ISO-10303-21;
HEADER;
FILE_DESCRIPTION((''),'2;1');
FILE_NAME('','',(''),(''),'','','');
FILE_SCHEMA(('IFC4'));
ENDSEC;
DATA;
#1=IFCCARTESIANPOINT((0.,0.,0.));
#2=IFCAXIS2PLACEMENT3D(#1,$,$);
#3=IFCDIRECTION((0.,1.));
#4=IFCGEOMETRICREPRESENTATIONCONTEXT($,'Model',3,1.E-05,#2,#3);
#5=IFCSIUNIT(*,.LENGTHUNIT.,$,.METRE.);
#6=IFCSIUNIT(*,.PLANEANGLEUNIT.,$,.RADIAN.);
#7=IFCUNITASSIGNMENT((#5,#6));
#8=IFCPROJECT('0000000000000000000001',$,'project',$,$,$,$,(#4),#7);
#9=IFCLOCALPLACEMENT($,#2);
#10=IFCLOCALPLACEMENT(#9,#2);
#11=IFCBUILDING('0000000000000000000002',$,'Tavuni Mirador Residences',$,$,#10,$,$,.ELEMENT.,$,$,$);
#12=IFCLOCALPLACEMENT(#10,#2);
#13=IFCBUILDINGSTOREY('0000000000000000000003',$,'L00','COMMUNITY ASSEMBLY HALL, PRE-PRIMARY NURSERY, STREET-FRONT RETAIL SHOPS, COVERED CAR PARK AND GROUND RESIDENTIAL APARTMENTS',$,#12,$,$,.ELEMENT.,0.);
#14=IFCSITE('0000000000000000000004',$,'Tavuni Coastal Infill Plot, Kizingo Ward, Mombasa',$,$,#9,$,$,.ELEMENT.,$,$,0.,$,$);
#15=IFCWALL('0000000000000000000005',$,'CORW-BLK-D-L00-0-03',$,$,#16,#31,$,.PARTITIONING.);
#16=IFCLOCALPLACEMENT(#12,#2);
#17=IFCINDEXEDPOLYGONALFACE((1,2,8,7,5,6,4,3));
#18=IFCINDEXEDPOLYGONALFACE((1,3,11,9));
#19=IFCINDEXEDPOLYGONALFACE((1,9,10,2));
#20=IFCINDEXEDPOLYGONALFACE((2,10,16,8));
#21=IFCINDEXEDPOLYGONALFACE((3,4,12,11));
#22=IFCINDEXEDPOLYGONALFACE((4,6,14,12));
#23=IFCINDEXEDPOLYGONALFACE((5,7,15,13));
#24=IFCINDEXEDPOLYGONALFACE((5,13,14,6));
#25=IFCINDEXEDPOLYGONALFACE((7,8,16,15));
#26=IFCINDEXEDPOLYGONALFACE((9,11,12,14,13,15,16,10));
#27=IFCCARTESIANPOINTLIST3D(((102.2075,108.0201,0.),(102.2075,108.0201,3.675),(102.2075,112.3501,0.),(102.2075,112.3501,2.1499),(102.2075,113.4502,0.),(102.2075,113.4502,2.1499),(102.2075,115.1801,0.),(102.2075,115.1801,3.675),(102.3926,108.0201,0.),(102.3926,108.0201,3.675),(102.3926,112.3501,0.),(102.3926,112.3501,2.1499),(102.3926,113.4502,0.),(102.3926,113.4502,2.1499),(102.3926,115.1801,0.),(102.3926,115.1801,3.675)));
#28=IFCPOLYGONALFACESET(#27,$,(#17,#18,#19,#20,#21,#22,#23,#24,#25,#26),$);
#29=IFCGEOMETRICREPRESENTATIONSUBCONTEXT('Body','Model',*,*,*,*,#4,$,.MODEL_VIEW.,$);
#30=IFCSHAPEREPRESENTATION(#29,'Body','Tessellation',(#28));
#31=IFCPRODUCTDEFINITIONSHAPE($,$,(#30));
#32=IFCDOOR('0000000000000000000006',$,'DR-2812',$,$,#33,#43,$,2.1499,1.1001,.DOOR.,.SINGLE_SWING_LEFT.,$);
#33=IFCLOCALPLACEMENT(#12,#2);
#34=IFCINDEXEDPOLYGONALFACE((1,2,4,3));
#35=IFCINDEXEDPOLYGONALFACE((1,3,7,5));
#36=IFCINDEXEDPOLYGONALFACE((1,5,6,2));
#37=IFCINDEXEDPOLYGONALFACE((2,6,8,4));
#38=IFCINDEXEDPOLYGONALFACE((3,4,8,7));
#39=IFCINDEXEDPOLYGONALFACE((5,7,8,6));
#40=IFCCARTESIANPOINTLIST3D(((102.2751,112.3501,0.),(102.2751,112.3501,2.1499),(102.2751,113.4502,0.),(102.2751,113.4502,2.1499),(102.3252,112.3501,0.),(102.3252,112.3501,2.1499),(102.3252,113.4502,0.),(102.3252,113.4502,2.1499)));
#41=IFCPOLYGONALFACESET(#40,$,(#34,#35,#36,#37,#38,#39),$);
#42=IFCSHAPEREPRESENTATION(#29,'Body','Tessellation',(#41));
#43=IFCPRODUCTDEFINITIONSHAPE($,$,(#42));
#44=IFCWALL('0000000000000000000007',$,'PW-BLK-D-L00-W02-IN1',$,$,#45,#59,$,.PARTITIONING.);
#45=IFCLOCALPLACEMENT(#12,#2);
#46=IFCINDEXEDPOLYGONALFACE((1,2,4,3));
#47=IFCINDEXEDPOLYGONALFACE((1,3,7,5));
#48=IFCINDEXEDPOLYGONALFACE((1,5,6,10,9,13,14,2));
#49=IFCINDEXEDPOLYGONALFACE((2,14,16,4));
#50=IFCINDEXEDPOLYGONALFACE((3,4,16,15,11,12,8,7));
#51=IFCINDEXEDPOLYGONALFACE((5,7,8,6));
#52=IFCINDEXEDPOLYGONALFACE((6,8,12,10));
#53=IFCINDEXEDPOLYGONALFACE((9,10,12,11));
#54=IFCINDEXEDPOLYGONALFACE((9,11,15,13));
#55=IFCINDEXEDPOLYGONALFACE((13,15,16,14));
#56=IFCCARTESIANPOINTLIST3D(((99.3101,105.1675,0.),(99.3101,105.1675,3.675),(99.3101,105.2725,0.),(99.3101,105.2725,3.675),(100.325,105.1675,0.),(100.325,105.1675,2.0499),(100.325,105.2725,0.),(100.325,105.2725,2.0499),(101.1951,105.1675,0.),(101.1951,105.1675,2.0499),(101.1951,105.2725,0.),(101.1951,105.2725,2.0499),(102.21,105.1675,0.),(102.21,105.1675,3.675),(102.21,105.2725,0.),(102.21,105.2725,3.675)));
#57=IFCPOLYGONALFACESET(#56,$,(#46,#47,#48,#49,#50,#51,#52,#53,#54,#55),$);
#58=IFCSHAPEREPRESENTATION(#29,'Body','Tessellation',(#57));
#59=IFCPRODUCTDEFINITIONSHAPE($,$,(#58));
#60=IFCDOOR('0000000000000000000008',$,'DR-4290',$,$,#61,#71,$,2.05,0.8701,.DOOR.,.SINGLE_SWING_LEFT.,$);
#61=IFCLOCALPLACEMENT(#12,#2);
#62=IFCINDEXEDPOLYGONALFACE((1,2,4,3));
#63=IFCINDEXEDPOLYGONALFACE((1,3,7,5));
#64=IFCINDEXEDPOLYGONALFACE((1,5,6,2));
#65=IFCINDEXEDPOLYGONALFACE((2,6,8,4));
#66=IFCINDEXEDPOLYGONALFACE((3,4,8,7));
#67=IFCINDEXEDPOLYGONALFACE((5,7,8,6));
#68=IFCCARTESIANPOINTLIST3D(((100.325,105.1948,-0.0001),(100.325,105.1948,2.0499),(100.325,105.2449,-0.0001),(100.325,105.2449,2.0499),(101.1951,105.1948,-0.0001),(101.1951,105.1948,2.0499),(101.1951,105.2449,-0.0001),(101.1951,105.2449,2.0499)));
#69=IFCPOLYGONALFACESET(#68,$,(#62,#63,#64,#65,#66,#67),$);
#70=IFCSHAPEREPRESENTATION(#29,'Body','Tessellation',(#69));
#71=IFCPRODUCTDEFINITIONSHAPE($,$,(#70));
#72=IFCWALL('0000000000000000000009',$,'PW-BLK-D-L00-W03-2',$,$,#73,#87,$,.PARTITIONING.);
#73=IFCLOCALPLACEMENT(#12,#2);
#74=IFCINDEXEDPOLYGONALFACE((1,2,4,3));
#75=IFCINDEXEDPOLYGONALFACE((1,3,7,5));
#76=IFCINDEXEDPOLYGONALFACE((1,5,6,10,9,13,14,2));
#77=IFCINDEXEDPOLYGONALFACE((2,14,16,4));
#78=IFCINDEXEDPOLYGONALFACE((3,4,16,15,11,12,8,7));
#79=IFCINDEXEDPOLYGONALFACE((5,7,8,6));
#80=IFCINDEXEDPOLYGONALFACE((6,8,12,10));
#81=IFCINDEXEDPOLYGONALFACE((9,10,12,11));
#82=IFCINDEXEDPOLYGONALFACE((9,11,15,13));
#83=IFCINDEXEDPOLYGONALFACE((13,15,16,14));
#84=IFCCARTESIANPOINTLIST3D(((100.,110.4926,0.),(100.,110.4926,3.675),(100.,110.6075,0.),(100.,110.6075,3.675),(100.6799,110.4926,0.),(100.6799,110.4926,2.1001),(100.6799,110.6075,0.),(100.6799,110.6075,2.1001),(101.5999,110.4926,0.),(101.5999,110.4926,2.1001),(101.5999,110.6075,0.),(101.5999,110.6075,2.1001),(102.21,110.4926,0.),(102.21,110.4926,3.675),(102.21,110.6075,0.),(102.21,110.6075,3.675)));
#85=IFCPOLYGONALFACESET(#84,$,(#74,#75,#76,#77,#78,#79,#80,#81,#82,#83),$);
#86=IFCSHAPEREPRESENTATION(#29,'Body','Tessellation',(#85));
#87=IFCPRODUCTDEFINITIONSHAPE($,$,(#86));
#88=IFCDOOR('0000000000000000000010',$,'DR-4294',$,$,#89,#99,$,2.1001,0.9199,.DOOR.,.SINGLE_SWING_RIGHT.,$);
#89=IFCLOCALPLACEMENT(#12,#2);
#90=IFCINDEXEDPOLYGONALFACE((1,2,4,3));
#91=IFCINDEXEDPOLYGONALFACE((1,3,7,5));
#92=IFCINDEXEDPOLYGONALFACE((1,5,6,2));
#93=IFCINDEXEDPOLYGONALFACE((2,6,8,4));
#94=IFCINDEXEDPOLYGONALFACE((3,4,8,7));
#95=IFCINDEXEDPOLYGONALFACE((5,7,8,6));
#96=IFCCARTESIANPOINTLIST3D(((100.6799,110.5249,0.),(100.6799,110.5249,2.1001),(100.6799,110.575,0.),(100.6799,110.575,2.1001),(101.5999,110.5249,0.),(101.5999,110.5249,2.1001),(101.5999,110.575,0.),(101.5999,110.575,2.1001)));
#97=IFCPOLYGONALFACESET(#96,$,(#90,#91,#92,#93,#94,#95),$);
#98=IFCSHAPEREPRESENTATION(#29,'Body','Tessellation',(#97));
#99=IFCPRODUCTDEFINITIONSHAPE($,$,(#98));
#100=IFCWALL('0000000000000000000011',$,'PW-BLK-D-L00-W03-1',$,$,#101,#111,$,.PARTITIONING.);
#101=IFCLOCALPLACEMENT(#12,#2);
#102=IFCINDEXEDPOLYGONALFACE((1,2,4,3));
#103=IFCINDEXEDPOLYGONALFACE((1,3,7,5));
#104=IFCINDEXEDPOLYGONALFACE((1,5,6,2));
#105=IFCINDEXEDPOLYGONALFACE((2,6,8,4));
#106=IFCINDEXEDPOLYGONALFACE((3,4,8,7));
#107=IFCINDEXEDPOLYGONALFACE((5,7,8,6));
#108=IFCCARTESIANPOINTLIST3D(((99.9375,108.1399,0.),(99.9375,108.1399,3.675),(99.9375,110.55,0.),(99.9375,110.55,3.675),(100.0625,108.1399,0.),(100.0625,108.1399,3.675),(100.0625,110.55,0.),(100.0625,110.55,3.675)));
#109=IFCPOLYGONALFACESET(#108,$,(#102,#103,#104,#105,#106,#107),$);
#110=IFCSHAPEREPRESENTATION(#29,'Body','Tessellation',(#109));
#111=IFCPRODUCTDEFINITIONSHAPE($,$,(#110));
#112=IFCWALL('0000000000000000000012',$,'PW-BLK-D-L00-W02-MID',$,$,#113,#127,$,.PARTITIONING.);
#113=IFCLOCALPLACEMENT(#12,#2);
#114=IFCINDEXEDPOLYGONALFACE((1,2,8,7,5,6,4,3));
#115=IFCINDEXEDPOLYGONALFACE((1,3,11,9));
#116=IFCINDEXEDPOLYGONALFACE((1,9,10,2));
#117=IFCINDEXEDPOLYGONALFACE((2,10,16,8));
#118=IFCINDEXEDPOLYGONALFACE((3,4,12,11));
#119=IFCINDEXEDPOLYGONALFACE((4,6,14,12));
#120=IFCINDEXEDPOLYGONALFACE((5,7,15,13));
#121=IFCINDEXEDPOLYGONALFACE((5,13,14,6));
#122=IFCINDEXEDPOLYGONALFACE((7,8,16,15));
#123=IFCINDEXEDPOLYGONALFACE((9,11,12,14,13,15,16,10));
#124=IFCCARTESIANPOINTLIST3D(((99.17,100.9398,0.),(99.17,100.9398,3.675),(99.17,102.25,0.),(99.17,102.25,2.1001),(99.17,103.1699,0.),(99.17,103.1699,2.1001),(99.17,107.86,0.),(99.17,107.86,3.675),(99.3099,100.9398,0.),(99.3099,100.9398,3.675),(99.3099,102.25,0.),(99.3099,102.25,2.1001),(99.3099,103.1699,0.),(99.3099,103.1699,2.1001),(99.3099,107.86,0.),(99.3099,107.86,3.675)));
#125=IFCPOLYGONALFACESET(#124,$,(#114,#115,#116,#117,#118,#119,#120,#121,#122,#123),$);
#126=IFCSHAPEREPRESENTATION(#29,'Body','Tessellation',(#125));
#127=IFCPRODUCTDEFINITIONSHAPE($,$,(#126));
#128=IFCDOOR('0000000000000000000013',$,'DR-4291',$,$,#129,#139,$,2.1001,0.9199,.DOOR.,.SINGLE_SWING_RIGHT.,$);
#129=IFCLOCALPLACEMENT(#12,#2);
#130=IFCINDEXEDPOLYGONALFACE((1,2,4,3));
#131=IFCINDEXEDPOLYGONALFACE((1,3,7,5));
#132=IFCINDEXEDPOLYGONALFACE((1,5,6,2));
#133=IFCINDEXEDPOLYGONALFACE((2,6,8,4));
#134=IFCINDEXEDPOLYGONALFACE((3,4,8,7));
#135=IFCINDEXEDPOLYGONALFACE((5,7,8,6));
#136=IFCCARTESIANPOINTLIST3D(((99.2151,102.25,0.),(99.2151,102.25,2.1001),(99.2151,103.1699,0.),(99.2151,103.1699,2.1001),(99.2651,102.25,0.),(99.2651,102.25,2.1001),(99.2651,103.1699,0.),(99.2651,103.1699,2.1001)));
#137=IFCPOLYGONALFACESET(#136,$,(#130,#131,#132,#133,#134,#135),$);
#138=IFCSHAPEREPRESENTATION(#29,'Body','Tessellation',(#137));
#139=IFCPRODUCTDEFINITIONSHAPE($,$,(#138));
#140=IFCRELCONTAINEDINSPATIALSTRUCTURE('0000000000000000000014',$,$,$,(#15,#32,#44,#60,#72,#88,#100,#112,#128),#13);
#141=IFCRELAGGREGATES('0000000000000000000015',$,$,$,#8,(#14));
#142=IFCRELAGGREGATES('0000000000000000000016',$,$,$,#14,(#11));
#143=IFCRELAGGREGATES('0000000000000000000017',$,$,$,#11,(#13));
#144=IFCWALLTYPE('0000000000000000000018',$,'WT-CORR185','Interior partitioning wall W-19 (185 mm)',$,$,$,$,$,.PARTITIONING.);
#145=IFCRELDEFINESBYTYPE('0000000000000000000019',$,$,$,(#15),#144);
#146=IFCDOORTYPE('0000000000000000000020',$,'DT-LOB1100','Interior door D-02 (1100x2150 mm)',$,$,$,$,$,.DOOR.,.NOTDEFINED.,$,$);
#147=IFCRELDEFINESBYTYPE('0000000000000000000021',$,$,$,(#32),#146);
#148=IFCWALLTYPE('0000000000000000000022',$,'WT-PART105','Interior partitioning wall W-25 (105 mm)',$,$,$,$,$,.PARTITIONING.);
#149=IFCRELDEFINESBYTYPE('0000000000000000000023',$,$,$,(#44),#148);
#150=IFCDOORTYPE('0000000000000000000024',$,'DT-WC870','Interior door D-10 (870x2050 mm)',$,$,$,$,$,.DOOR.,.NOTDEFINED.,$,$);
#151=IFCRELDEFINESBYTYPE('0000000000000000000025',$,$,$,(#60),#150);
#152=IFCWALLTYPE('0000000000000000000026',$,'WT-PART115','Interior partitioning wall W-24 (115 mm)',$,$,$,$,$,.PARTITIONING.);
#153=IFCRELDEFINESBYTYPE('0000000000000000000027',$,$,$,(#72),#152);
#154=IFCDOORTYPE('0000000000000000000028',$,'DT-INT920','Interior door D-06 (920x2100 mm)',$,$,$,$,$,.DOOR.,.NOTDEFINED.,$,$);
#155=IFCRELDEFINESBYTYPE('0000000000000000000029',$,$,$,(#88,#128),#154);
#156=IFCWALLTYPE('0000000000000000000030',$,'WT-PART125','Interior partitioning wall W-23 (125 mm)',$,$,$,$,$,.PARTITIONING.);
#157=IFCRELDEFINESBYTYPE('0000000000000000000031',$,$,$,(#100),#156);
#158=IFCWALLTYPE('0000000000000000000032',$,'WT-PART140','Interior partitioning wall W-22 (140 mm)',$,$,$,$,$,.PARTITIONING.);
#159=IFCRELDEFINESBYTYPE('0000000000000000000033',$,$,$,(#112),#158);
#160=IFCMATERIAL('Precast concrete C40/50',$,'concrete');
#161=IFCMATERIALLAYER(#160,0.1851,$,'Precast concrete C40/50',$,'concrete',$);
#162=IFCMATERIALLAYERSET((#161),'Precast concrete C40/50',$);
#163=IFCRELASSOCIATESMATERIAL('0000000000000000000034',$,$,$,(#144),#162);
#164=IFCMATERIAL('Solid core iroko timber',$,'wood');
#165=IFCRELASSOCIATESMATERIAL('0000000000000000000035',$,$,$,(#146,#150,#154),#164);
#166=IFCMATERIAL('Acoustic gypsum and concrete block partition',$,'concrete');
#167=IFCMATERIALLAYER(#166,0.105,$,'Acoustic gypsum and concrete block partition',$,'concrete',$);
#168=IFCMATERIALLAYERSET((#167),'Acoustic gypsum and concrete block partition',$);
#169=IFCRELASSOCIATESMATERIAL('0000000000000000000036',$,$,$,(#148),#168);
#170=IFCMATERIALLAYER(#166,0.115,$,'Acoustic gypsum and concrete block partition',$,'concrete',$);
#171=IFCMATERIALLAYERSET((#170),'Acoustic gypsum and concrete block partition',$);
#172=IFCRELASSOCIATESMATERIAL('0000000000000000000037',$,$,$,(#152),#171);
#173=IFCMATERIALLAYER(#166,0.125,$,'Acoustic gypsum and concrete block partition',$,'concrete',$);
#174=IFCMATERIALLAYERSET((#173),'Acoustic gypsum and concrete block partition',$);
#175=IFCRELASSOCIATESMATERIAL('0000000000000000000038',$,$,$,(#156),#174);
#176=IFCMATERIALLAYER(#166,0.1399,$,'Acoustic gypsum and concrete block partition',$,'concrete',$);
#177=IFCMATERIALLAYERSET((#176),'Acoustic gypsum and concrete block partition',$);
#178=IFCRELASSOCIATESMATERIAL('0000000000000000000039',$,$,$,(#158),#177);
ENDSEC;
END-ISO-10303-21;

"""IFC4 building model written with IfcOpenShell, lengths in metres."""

from ifc_helpers import new_model, si_unit, direction, frame, frame_2d, origin, place, context, subcontext, project, spatial, rectangle, extrude, material, layer, layer_set, type_object, element, fill, save


model = new_model("IFC4")

# Units and contexts
model_context = context("Model", 3, precision=1e-05, world=origin(), true_north=direction((0.0, 1.0)))
body_context = subcontext(model_context, "Body", "Model", "MODEL_VIEW")
ifc_project = project(units=[si_unit("LENGTHUNIT", "METRE"), si_unit("PLANEANGLEUNIT", "RADIAN")], contexts=[model_context])

# Site, building, storey
site_placement = place(None, origin())
site = spatial("IfcSite", under=ifc_project, at=site_placement, Name="Tavuni Coastal Infill Plot, Kizingo Ward, Mombasa", CompositionType="ELEMENT", RefElevation=0.0)
building_placement = place(site_placement, origin())
building = spatial("IfcBuilding", under=site, at=building_placement, Name="Tavuni Mirador Residences", CompositionType="ELEMENT")
storey_placement = place(building_placement, origin())
storey = spatial("IfcBuildingStorey", under=building, at=storey_placement, Name="L00", Description="COMMUNITY ASSEMBLY HALL, PRE-PRIMARY NURSERY, STREET-FRONT RETAIL SHOPS, COVERED CAR PARK AND GROUND RESIDENTIAL APARTMENTS", CompositionType="ELEMENT", Elevation=0.0)

# Shared definitions
ifc_material_1 = material(Name="Precast concrete C40/50", Category="concrete")

# Walls, openings, doors
ifc_layer_1 = layer(ifc_material_1, 0.1851, Name="Precast concrete C40/50", Category="concrete")
ifc_layer_set_1 = layer_set([ifc_layer_1], Name="Precast concrete C40/50")
wall_type_1 = type_object("IfcWallType", Name="WT-CORR185", Description="Interior partitioning wall W-19 (185 mm)", PredefinedType="PARTITIONING", material=ifc_layer_set_1)
ifc_material_2 = material(Name="Solid core iroko timber", Category="wood")
wall_1_placement = place(storey_placement, frame((102.3, 108.02, 0.0), z_axis=(0.0, 0.0, 1.0), x_axis=(0.0, 1.0, 0.0)))
wall_1 = element("IfcWall", 1, at=wall_1_placement, inside=storey, type_object=wall_type_1, Name="CORW-BLK-D-L00-0-03", PredefinedType="PARTITIONING", context=body_context, shape_type="SweptSolid", body=[
    extrude(rectangle(XDim=7.1599, YDim=0.1851, at=frame_2d((3.5801, 0.0))), origin(), (0.0, 0.0, 1.0), 3.675),
])
opening_1_placement = place(wall_1_placement, frame((4.3301, 0.0, 0.0)))
opening_1 = element("IfcOpeningElement", 2, at=opening_1_placement, cuts=wall_1, PredefinedType="OPENING", context=body_context, shape_type="SweptSolid", body=[
    extrude(rectangle(XDim=1.1001, YDim=2.1499, at=frame_2d((0.55, 1.075))), frame((0.0, 0.1025, 0.0), z_axis=(0.0, -1.0, 0.0), x_axis=(1.0, 0.0, 0.0)), (0.0, 0.0, 1.0), 0.2051),
])
door_type_1 = type_object("IfcDoorType", Name="DT-LOB1100", Description="Interior door D-02 (1100x2150 mm)", OperationType="NOTDEFINED", PredefinedType="DOOR", material=ifc_material_2)
door_1_placement = place(opening_1_placement, origin())
door_1 = element("IfcDoor", 3, at=door_1_placement, inside=storey, type_object=door_type_1, Name="DR-2812", OperationType="SINGLE_SWING_LEFT", OverallHeight=2.1499, OverallWidth=1.1001, PredefinedType="DOOR", context=body_context, shape_type="SweptSolid", body=[
    extrude(rectangle(XDim=1.1001, YDim=2.1499, at=frame_2d((0.55, 1.075))), frame((0.0, 0.0249, 0.0), z_axis=(0.0, -1.0, 0.0), x_axis=(1.0, 0.0, 0.0)), (0.0, 0.0, 1.0), 0.05),
])
fill(opening_1, door_1)
ifc_material_3 = material(Name="Acoustic gypsum and concrete block partition", Category="concrete")
ifc_layer_2 = layer(ifc_material_3, 0.105, Name="Acoustic gypsum and concrete block partition", Category="concrete")
ifc_layer_set_2 = layer_set([ifc_layer_2], Name="Acoustic gypsum and concrete block partition")
wall_type_2 = type_object("IfcWallType", Name="WT-PART105", Description="Interior partitioning wall W-25 (105 mm)", PredefinedType="PARTITIONING", material=ifc_layer_set_2)
wall_2_placement = place(storey_placement, frame((99.3101, 105.22, 0.0), z_axis=(0.0, 0.0, 1.0), x_axis=(1.0, 0.0, 0.0)))
wall_2 = element("IfcWall", 4, at=wall_2_placement, inside=storey, type_object=wall_type_2, Name="PW-BLK-D-L00-W02-IN1", PredefinedType="PARTITIONING", context=body_context, shape_type="SweptSolid", body=[
    extrude(rectangle(XDim=2.8999, YDim=0.105, at=frame_2d((1.45, 0.0))), origin(), (0.0, 0.0, 1.0), 3.675),
])
opening_2_placement = place(wall_2_placement, frame((1.0149, 0.0, 0.0)))
opening_2 = element("IfcOpeningElement", 5, at=opening_2_placement, cuts=wall_2, PredefinedType="OPENING", context=body_context, shape_type="SweptSolid", body=[
    extrude(rectangle(XDim=0.8701, YDim=2.05, at=frame_2d((0.4351, 1.0249))), frame((0.0, 0.0625, 0.0), z_axis=(0.0, -1.0, 0.0), x_axis=(1.0, 0.0, 0.0)), (0.0, 0.0, 1.0), 0.125),
])
door_type_2 = type_object("IfcDoorType", Name="DT-WC870", Description="Interior door D-10 (870x2050 mm)", OperationType="NOTDEFINED", PredefinedType="DOOR", material=ifc_material_2)
door_2_placement = place(opening_2_placement, origin())
door_2 = element("IfcDoor", 6, at=door_2_placement, inside=storey, type_object=door_type_2, Name="DR-4290", OperationType="SINGLE_SWING_LEFT", OverallHeight=2.05, OverallWidth=0.8701, PredefinedType="DOOR", context=body_context, shape_type="SweptSolid", body=[
    extrude(rectangle(XDim=0.8701, YDim=2.05, at=frame_2d((0.4351, 1.0249))), frame((0.0, 0.0249, 0.0), z_axis=(0.0, -1.0, 0.0), x_axis=(1.0, 0.0, 0.0)), (0.0, 0.0, 1.0), 0.05),
])
fill(opening_2, door_2)
ifc_layer_3 = layer(ifc_material_3, 0.115, Name="Acoustic gypsum and concrete block partition", Category="concrete")
ifc_layer_set_3 = layer_set([ifc_layer_3], Name="Acoustic gypsum and concrete block partition")
wall_type_3 = type_object("IfcWallType", Name="WT-PART115", Description="Interior partitioning wall W-24 (115 mm)", PredefinedType="PARTITIONING", material=ifc_layer_set_3)
wall_3_placement = place(storey_placement, frame((100.0, 110.55, 0.0), z_axis=(0.0, 0.0, 1.0), x_axis=(1.0, 0.0, 0.0)))
wall_3 = element("IfcWall", 7, at=wall_3_placement, inside=storey, type_object=wall_type_3, Name="PW-BLK-D-L00-W03-2", PredefinedType="PARTITIONING", context=body_context, shape_type="SweptSolid", body=[
    extrude(rectangle(XDim=2.21, YDim=0.115, at=frame_2d((1.105, 0.0))), origin(), (0.0, 0.0, 1.0), 3.675),
])
opening_3_placement = place(wall_3_placement, frame((0.6799, 0.0, 0.0)))
opening_3 = element("IfcOpeningElement", 8, at=opening_3_placement, cuts=wall_3, PredefinedType="OPENING", context=body_context, shape_type="SweptSolid", body=[
    extrude(rectangle(XDim=0.9199, YDim=2.1001, at=frame_2d((0.46, 1.05))), frame((0.0, 0.0674, 0.0), z_axis=(0.0, -1.0, 0.0), x_axis=(1.0, 0.0, 0.0)), (0.0, 0.0, 1.0), 0.135),
])
door_type_3 = type_object("IfcDoorType", Name="DT-INT920", Description="Interior door D-06 (920x2100 mm)", OperationType="NOTDEFINED", PredefinedType="DOOR", material=ifc_material_2)
door_3_placement = place(opening_3_placement, origin())
door_3 = element("IfcDoor", 9, at=door_3_placement, inside=storey, type_object=door_type_3, Name="DR-4294", OperationType="SINGLE_SWING_RIGHT", OverallHeight=2.1001, OverallWidth=0.9199, PredefinedType="DOOR", context=body_context, shape_type="SweptSolid", body=[
    extrude(rectangle(XDim=0.9199, YDim=2.1001, at=frame_2d((0.46, 1.05))), frame((0.0, 0.0249, 0.0), z_axis=(0.0, -1.0, 0.0), x_axis=(1.0, 0.0, 0.0)), (0.0, 0.0, 1.0), 0.05),
])
fill(opening_3, door_3)

# Wall
ifc_layer_4 = layer(ifc_material_3, 0.125, Name="Acoustic gypsum and concrete block partition", Category="concrete")
ifc_layer_set_4 = layer_set([ifc_layer_4], Name="Acoustic gypsum and concrete block partition")
wall_type_4 = type_object("IfcWallType", Name="WT-PART125", Description="Interior partitioning wall W-23 (125 mm)", PredefinedType="PARTITIONING", material=ifc_layer_set_4)
wall_4_placement = place(storey_placement, frame((100.0, 108.1399, 0.0), z_axis=(0.0, 0.0, 1.0), x_axis=(0.0, 1.0, 0.0)))
element("IfcWall", 10, at=wall_4_placement, inside=storey, type_object=wall_type_4, Name="PW-BLK-D-L00-W03-1", PredefinedType="PARTITIONING", context=body_context, shape_type="SweptSolid", body=[
    extrude(rectangle(XDim=2.4102, YDim=0.125, at=frame_2d((1.2051, 0.0))), origin(), (0.0, 0.0, 1.0), 3.675),
])

# Wall, opening, door
ifc_layer_5 = layer(ifc_material_3, 0.1399, Name="Acoustic gypsum and concrete block partition", Category="concrete")
ifc_layer_set_5 = layer_set([ifc_layer_5], Name="Acoustic gypsum and concrete block partition")
wall_type_5 = type_object("IfcWallType", Name="WT-PART140", Description="Interior partitioning wall W-22 (140 mm)", PredefinedType="PARTITIONING", material=ifc_layer_set_5)
wall_5_placement = place(storey_placement, frame((99.24, 100.9399, 0.0), z_axis=(0.0, 0.0, 1.0), x_axis=(0.0, 1.0, 0.0)))
wall_5 = element("IfcWall", 11, at=wall_5_placement, inside=storey, type_object=wall_type_5, Name="PW-BLK-D-L00-W02-MID", PredefinedType="PARTITIONING", context=body_context, shape_type="SweptSolid", body=[
    extrude(rectangle(XDim=6.9202, YDim=0.1399, at=frame_2d((3.46, 0.0))), origin(), (0.0, 0.0, 1.0), 3.675),
])
opening_4_placement = place(wall_5_placement, frame((1.3101, 0.0, 0.0)))
opening_4 = element("IfcOpeningElement", 12, at=opening_4_placement, cuts=wall_5, PredefinedType="OPENING", context=body_context, shape_type="SweptSolid", body=[
    extrude(rectangle(XDim=0.9199, YDim=2.1001, at=frame_2d((0.46, 1.05))), frame((0.0, 0.0801, 0.0), z_axis=(0.0, -1.0, 0.0), x_axis=(1.0, 0.0, 0.0)), (0.0, 0.0, 1.0), 0.1599),
])
door_4_placement = place(opening_4_placement, origin())
door_4 = element("IfcDoor", 13, at=door_4_placement, inside=storey, type_object=door_type_3, Name="DR-4291", OperationType="SINGLE_SWING_RIGHT", OverallHeight=2.1001, OverallWidth=0.9199, PredefinedType="DOOR", context=body_context, shape_type="SweptSolid", body=[
    extrude(rectangle(XDim=0.9199, YDim=2.1001, at=frame_2d((0.46, 1.05))), frame((0.0, 0.0249, 0.0), z_axis=(0.0, -1.0, 0.0), x_axis=(1.0, 0.0, 0.0)), (0.0, 0.0, 1.0), 0.05),
])
fill(opening_4, door_4)

save(model, "model.ifc")
